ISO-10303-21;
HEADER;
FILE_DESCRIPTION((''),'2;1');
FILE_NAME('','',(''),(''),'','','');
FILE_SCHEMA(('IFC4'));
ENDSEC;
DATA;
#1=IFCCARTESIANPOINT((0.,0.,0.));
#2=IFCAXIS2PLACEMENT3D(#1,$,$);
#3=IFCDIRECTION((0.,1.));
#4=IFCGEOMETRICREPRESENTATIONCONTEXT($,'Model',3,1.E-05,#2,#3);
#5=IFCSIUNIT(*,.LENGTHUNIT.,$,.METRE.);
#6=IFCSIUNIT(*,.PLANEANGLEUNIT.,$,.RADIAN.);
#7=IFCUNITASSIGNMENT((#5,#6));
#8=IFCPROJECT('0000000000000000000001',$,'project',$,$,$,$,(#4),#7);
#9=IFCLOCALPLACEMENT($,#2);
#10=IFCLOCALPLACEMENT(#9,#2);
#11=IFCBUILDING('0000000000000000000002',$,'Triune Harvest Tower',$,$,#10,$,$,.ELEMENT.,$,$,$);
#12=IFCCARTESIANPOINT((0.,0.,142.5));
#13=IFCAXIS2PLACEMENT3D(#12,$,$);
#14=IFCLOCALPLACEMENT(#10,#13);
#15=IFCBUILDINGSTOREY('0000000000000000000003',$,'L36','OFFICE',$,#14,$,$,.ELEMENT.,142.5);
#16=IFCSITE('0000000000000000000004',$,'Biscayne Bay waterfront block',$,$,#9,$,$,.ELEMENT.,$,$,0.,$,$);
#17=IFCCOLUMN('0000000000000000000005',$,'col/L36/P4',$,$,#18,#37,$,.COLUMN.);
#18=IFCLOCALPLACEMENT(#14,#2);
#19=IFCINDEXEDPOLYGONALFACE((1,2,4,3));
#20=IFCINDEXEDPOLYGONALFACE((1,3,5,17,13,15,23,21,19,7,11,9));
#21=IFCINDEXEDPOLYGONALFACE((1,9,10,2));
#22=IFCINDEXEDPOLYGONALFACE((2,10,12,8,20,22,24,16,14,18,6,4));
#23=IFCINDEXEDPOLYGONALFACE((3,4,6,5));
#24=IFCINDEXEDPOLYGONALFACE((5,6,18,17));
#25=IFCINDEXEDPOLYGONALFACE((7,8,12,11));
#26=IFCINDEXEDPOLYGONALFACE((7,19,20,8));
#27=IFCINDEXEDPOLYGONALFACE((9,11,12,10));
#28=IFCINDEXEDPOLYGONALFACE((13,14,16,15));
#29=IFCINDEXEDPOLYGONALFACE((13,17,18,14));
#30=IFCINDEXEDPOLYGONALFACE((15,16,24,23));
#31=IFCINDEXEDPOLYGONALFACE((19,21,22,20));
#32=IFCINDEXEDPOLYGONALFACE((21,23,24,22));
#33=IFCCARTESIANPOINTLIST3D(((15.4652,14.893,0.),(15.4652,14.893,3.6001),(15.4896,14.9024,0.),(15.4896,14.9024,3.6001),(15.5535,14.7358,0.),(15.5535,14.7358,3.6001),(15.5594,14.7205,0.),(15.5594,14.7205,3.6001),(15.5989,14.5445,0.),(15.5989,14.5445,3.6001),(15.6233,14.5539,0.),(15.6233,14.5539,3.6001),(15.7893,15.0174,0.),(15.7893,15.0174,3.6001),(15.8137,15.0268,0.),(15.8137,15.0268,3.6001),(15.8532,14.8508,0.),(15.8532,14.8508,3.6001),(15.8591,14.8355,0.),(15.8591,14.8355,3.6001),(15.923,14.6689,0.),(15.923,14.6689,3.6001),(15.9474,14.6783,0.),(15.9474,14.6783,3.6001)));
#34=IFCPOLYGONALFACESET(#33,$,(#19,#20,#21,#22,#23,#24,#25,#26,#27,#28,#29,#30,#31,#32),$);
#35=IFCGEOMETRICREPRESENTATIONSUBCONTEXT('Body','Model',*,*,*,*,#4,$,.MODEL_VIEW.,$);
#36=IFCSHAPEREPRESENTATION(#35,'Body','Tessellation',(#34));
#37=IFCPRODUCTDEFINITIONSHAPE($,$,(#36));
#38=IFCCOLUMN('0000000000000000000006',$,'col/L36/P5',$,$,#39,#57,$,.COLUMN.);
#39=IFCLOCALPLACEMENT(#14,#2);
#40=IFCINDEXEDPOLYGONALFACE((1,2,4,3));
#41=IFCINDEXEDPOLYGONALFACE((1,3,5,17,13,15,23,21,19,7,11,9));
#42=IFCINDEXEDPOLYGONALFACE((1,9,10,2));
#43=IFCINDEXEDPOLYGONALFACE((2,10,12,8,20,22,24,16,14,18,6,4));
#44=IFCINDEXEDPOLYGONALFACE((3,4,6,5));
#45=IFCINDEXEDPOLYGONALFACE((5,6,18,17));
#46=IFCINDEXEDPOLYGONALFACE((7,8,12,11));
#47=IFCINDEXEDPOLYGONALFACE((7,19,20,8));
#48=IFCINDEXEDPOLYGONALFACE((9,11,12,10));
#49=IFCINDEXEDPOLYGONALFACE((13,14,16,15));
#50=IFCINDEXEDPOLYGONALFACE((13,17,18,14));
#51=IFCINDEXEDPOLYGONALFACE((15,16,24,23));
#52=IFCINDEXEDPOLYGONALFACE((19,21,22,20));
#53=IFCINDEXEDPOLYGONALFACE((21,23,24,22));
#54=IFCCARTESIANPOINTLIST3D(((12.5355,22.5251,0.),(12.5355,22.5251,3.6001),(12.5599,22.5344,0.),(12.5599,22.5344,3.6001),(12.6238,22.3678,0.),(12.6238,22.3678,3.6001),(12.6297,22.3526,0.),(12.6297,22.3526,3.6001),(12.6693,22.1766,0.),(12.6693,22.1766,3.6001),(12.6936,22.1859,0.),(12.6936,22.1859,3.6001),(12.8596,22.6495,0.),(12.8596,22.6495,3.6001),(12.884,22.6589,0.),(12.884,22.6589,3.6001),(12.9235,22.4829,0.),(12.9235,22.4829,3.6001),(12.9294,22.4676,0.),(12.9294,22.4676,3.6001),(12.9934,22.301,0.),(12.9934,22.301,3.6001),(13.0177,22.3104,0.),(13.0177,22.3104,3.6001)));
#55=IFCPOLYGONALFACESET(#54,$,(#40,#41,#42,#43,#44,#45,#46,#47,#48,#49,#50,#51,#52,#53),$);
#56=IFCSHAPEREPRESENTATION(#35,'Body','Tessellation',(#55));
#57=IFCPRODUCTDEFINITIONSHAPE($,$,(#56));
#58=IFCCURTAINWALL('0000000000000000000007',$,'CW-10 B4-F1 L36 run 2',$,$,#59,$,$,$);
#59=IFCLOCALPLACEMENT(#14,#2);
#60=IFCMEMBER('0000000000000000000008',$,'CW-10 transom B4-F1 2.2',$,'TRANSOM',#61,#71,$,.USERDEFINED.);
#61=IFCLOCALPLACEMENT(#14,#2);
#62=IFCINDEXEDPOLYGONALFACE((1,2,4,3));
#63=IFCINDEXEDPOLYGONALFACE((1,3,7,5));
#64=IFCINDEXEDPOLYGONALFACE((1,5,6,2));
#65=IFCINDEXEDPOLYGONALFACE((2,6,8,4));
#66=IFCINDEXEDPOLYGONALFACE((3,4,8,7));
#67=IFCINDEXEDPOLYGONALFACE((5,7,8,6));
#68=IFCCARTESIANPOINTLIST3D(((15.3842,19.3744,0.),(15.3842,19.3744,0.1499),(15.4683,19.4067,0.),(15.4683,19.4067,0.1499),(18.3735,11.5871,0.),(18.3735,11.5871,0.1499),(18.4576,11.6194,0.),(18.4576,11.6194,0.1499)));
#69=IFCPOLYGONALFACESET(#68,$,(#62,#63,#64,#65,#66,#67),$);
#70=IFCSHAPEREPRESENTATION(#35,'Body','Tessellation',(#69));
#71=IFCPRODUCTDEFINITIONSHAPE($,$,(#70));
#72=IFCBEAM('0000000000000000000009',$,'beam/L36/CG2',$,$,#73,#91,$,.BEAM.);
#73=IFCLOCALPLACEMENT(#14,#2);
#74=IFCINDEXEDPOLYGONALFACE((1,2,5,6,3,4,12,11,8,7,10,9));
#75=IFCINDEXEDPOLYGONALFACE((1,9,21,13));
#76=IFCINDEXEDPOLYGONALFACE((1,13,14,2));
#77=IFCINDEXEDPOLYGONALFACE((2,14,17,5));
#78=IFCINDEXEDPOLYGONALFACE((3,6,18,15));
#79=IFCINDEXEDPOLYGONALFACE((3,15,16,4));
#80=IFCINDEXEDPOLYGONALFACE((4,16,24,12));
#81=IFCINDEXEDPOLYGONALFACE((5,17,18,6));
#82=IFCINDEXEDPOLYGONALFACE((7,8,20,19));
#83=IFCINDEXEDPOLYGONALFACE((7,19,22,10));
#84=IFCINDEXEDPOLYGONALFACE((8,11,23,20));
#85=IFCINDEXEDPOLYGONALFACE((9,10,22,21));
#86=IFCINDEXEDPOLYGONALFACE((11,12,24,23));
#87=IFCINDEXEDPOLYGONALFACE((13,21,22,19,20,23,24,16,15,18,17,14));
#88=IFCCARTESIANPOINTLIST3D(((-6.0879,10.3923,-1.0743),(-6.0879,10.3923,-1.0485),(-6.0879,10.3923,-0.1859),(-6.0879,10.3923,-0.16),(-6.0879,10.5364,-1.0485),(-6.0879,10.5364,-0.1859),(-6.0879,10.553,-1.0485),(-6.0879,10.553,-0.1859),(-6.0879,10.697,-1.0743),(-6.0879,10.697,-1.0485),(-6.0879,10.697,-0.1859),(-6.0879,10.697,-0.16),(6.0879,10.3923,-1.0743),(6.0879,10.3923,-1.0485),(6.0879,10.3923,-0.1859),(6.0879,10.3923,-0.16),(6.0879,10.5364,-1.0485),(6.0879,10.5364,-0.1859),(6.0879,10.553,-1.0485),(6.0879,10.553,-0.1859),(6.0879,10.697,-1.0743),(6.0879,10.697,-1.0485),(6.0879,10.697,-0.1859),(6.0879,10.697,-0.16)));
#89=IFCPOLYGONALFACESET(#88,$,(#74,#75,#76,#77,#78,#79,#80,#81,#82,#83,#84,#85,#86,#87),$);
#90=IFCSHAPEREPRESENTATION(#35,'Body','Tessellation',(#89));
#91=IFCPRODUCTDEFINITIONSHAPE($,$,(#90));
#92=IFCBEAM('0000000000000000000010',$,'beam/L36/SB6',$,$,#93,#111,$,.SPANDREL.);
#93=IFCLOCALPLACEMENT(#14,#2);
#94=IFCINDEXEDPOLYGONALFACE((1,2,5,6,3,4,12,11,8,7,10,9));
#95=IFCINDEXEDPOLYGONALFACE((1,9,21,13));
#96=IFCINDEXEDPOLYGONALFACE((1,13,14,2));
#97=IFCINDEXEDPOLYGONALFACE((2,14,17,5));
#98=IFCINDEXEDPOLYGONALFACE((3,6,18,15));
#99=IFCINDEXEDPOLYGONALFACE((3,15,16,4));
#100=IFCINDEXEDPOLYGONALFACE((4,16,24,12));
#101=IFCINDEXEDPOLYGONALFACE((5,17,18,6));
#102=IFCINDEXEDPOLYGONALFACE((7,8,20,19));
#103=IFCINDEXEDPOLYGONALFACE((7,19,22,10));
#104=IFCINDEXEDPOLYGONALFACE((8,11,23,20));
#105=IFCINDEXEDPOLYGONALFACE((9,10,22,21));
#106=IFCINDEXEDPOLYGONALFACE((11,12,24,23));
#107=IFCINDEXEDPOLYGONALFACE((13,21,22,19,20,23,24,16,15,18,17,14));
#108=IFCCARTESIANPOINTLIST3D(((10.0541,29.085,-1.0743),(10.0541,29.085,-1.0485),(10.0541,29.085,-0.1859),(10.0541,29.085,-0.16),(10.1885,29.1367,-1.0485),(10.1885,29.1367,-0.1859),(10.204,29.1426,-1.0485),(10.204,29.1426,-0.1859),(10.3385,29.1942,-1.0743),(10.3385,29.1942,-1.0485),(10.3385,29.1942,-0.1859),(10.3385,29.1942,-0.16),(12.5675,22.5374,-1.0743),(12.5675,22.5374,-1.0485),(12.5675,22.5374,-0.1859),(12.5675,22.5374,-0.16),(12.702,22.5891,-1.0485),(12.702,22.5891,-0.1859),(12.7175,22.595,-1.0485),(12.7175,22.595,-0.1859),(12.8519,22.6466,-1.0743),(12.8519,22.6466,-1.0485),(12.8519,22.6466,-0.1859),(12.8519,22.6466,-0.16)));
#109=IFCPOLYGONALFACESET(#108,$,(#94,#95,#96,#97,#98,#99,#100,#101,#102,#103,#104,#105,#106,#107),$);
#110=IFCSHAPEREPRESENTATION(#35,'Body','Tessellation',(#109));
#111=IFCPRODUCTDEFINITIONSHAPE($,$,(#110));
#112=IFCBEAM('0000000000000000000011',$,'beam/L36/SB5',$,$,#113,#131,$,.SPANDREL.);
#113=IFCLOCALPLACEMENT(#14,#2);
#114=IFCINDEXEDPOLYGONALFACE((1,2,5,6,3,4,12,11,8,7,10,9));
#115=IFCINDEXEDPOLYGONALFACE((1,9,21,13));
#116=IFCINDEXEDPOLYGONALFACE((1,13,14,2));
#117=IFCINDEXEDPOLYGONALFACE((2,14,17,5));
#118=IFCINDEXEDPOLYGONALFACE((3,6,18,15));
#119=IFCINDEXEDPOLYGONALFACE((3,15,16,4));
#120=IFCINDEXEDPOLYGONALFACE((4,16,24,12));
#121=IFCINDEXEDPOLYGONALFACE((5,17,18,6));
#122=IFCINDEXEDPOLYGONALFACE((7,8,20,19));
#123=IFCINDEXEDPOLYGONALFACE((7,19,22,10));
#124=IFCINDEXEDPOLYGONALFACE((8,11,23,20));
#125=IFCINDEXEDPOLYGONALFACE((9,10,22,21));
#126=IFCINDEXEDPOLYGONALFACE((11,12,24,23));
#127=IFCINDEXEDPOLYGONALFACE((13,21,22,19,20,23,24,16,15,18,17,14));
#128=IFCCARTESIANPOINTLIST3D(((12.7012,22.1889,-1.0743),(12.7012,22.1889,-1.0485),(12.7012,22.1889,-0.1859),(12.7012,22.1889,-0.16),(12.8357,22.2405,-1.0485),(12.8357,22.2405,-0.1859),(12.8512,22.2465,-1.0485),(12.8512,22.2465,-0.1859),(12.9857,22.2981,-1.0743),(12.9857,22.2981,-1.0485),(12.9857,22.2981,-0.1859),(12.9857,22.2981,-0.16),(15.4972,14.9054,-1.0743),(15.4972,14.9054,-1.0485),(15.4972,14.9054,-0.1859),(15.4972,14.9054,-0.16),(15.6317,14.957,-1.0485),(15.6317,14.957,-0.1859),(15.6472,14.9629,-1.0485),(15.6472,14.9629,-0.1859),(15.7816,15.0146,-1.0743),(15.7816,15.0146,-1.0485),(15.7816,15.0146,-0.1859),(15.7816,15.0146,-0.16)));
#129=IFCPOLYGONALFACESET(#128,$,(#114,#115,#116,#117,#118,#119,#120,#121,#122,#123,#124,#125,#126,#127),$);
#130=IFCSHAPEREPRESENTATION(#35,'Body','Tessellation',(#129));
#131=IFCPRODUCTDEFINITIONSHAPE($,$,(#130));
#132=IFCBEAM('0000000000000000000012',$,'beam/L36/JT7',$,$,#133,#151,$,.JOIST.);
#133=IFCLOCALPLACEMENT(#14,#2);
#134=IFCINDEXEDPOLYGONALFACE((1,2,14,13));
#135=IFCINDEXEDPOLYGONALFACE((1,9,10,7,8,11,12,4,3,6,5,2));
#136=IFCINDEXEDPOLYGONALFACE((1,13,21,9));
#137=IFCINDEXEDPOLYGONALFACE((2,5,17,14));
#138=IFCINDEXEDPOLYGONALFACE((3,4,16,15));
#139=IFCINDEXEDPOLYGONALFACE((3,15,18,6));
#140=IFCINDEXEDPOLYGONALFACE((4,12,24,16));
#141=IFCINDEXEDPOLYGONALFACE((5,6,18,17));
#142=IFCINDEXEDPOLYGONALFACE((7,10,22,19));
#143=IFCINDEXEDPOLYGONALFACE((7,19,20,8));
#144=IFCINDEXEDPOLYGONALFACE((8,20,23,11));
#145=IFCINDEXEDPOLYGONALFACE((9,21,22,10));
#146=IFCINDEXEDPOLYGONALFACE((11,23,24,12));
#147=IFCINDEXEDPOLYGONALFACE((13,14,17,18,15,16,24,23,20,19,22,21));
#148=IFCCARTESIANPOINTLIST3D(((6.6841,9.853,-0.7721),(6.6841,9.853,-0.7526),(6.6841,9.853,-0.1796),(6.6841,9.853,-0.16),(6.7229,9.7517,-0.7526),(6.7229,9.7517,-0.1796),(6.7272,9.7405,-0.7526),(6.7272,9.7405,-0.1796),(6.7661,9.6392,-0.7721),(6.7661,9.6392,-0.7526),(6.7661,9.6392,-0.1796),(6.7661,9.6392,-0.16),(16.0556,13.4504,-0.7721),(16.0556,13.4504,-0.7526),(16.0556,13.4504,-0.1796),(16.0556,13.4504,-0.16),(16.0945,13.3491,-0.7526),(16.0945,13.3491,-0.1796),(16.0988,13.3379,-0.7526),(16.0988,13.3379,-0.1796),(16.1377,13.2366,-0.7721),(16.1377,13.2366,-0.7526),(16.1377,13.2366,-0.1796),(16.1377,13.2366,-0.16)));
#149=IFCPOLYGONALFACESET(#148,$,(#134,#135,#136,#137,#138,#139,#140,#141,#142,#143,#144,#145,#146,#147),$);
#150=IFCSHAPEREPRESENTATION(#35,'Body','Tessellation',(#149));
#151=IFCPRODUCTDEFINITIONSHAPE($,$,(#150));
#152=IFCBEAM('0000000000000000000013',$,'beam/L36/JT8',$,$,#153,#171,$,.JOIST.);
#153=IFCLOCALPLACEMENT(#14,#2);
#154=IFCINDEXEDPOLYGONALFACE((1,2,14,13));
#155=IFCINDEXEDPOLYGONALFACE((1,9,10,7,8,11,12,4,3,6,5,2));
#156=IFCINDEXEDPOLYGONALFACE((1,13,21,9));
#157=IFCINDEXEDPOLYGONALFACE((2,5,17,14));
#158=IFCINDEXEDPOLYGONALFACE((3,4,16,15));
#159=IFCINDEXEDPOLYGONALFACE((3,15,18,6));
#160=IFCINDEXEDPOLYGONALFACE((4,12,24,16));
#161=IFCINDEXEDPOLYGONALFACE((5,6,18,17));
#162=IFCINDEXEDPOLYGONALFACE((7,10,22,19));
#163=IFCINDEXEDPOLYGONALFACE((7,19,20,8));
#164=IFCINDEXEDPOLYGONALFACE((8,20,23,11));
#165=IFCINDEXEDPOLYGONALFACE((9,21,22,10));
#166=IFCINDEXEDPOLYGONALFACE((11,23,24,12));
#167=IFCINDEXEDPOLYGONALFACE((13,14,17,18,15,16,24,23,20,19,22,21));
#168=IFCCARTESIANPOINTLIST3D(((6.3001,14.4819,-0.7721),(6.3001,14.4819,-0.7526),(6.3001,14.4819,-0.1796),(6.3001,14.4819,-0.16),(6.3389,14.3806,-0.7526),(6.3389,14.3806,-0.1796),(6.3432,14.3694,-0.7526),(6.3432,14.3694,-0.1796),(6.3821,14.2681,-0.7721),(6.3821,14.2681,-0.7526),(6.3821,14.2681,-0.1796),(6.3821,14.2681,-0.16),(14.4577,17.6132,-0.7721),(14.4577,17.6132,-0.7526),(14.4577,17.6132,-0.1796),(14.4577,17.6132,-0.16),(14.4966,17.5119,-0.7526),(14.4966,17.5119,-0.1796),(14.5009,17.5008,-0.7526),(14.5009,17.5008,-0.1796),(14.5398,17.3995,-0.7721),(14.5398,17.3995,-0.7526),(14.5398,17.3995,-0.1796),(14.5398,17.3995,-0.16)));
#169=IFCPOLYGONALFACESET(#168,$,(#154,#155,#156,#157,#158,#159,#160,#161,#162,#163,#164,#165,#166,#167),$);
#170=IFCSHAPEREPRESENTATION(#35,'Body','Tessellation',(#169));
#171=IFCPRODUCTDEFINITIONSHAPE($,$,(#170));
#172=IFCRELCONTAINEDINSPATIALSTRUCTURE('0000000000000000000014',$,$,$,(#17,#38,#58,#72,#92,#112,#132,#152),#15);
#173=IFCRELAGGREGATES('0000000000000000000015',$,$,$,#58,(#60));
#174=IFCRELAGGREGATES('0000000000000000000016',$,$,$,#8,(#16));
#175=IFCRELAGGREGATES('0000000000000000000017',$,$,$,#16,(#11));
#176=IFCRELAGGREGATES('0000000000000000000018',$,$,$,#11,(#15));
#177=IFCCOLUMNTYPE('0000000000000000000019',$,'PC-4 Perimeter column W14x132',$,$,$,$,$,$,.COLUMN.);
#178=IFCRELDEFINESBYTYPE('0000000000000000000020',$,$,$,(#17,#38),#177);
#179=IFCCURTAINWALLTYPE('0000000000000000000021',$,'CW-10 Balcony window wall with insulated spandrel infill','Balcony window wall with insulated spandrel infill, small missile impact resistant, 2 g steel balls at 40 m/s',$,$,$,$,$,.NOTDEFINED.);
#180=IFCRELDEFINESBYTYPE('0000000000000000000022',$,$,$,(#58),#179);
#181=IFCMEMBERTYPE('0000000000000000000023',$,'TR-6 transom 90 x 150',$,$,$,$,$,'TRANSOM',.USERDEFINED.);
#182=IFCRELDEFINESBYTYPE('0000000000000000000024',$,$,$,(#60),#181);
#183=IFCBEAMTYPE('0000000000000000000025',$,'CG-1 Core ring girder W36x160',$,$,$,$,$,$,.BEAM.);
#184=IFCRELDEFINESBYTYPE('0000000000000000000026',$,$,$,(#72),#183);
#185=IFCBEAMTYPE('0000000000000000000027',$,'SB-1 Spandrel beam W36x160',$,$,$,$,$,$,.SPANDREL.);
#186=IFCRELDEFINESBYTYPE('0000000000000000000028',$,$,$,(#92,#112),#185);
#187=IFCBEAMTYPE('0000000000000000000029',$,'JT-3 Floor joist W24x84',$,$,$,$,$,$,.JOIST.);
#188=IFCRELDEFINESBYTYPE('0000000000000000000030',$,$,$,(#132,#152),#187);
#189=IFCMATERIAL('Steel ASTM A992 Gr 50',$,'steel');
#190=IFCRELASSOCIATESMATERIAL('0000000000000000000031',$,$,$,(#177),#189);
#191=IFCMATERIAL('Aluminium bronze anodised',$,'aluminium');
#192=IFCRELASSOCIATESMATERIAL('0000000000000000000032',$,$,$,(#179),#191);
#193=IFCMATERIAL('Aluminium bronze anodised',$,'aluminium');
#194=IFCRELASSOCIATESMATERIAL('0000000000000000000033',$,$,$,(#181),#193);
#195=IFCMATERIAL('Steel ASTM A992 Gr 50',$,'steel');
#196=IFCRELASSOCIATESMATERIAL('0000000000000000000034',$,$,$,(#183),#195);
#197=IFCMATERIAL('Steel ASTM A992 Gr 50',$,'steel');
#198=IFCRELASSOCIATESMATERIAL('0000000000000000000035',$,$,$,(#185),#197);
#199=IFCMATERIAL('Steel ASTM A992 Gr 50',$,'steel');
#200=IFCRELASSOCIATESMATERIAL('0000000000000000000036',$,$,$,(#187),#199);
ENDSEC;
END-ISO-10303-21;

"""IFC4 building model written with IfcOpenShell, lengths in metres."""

from ifc_helpers import new_model, si_unit, direction, frame, origin, origin_2d, place, context, subcontext, project, spatial, rectangle, i_section, extrude, source, transform, mapped, material, material_profile, profile_set, type_object, element, aggregate, save


model = new_model("IFC4")

# Units and contexts
model_context = context("Model", 3, precision=1e-05, world=origin(), true_north=direction((0.0, 1.0)))
body_context = subcontext(model_context, "Body", "Model", "MODEL_VIEW")
ifc_project = project(units=[si_unit("LENGTHUNIT", "METRE"), si_unit("PLANEANGLEUNIT", "RADIAN")], contexts=[model_context])

# Site, building, storey
site_placement = place(None, origin())
site = spatial("IfcSite", under=ifc_project, at=site_placement, Name="Biscayne Bay waterfront block", CompositionType="ELEMENT", RefElevation=0.0)
building_placement = place(site_placement, origin())
building = spatial("IfcBuilding", under=site, at=building_placement, Name="Triune Harvest Tower", CompositionType="ELEMENT")
storey_placement = place(building_placement, frame((0.0, 0.0, 142.5)))
storey = spatial("IfcBuildingStorey", under=building, at=storey_placement, Name="L36", Description="OFFICE", CompositionType="ELEMENT", Elevation=142.5)

# Columns
ifc_material_1 = material(Name="Steel ASTM A992 Gr 50", Category="steel")
ifc_material_profile_1 = material_profile(ifc_material_1, i_section(OverallWidth=0.3733, OverallDepth=0.3733, WebThickness=0.0164, FlangeThickness=0.0261, at=origin_2d()), Name="W14x132")
ifc_profile_set_1 = profile_set([ifc_material_profile_1], Name="Steel ASTM A992 Gr 50")
column_type = type_object("IfcColumnType", Name="PC-4 Perimeter column W14x132", PredefinedType="COLUMN", material=ifc_profile_set_1)
shared_shape_1 = source(origin(), body_context, "Body", "SweptSolid", [
    extrude(i_section(OverallWidth=0.3733, OverallDepth=0.3733, WebThickness=0.0164, FlangeThickness=0.0261, at=origin_2d()), origin(), (0.0, 0.0, 1.0), 3.6001),
])
for number, where, z_axis, x_axis, name in (
    (1, (15.7063, 14.7856, 0.0), (0.0, 0.0, 1.0), (-0.358368, 0.93358, 0.0), "col/L36/P4"),
    (2, (12.7766, 22.4177, 0.0), (0.0, 0.0, 1.0), (-0.358368, 0.93358, 0.0), "col/L36/P5"),
):
    element("IfcColumn", number, at=place(storey_placement, frame(where, z_axis=z_axis, x_axis=x_axis)), inside=storey, type_object=column_type, Name=name, PredefinedType="COLUMN", context=body_context, shape_type="MappedRepresentation", body=[
        mapped(shared_shape_1, transform((0.0, 0.0, 0.0), scale=1.0)),
    ])

# Curtain wall, member
ifc_material_2 = material(Name="Aluminium bronze anodised", Category="aluminium")
curtain_wall_type = type_object("IfcCurtainWallType", Name="CW-10 Balcony window wall with insulated spandrel infill", Description="Balcony window wall with insulated spandrel infill, small missile impact resistant, 2 g steel balls at 40 m/s", PredefinedType="NOTDEFINED", material=ifc_material_2)
curtain_wall_placement = place(storey_placement, origin())
curtain_wall = element("IfcCurtainWall", 3, at=curtain_wall_placement, inside=storey, type_object=curtain_wall_type, Name="CW-10 B4-F1 L36 run 2")
ifc_material_3 = material(Name="Aluminium bronze anodised", Category="aluminium")
ifc_material_profile_2 = material_profile(ifc_material_3, rectangle(XDim=0.0901, YDim=0.1499, at=origin_2d()), Name="TR-6 transom 90 x 150")
ifc_profile_set_2 = profile_set([ifc_material_profile_2], Name="Aluminium bronze anodised")
member_type_1 = type_object("IfcMemberType", Name="TR-6 transom 90 x 150", ElementType="TRANSOM", PredefinedType="USERDEFINED", material=ifc_profile_set_2)
member_1_placement = place(storey_placement, frame((18.4155, 11.6033, 0.075), z_axis=(-0.358365, 0.933582, 0.0), x_axis=(-0.933582, -0.358365, 0.0)))
member_1 = element("IfcMember", 4, at=member_1_placement, type_object=member_type_1, Name="CW-10 transom B4-F1 2.2", ObjectType="TRANSOM", PredefinedType="USERDEFINED", context=body_context, shape_type="SweptSolid", body=[
    extrude(rectangle(XDim=0.0901, YDim=0.1499, at=origin_2d()), origin(), (0.0, 0.0, 1.0), 8.3413),
])

# Beams
ifc_material_4 = material(Name="Steel ASTM A992 Gr 50", Category="steel")
ifc_material_profile_3 = material_profile(ifc_material_4, i_section(OverallWidth=0.3047, OverallDepth=0.9143, WebThickness=0.0166, FlangeThickness=0.0259, at=origin_2d()), Name="W36x160")
ifc_profile_set_3 = profile_set([ifc_material_profile_3], Name="Steel ASTM A992 Gr 50")
beam_type_1 = type_object("IfcBeamType", Name="CG-1 Core ring girder W36x160", PredefinedType="BEAM", material=ifc_profile_set_3)
shared_shape_2 = source(origin(), body_context, "Body", "SweptSolid", [
    extrude(i_section(OverallWidth=0.3047, OverallDepth=0.9143, WebThickness=0.0166, FlangeThickness=0.0259, at=origin_2d()), origin(), (0.0, 0.0, 1.0), 12.1758),
])
beam_1_placement = place(storey_placement, frame((6.0879, 10.5447, -0.6172), z_axis=(-1.0, 0.0, 0.0), x_axis=(0.0, -1.0, 0.0)))
element("IfcBeam", 5, at=beam_1_placement, inside=storey, type_object=beam_type_1, Name="beam/L36/CG2", PredefinedType="BEAM", context=body_context, shape_type="MappedRepresentation", body=[
    mapped(shared_shape_2, transform((0.0, 0.0, 0.0), scale=1.0)),
])
ifc_material_5 = material(Name="Steel ASTM A992 Gr 50", Category="steel")
ifc_material_profile_4 = material_profile(ifc_material_5, i_section(OverallWidth=0.3047, OverallDepth=0.9143, WebThickness=0.0166, FlangeThickness=0.0259, at=origin_2d()), Name="W36x160")
ifc_profile_set_4 = profile_set([ifc_material_profile_4], Name="Steel ASTM A992 Gr 50")
beam_type_2 = type_object("IfcBeamType", Name="SB-1 Spandrel beam W36x160", PredefinedType="SPANDREL", material=ifc_profile_set_4)
shared_shape_3 = source(origin(), body_context, "Body", "SweptSolid", [
    extrude(i_section(OverallWidth=0.3047, OverallDepth=0.9143, WebThickness=0.0166, FlangeThickness=0.0259, at=origin_2d()), origin(), (0.0, 0.0, 1.0), 7.0134),
])
beam_2_placement = place(storey_placement, frame((12.7097, 22.592, -0.6172), z_axis=(-0.358373, 0.933579, 0.0), x_axis=(-0.933579, -0.358373, 0.0)))
element("IfcBeam", 6, at=beam_2_placement, inside=storey, type_object=beam_type_2, Name="beam/L36/SB6", PredefinedType="SPANDREL", context=body_context, shape_type="MappedRepresentation", body=[
    mapped(shared_shape_3, transform((0.0, 0.0, 0.0), scale=1.0)),
])
shared_shape_4 = source(origin(), body_context, "Body", "SweptSolid", [
    extrude(i_section(OverallWidth=0.3047, OverallDepth=0.9143, WebThickness=0.0166, FlangeThickness=0.0259, at=origin_2d()), origin(), (0.0, 0.0, 1.0), 7.8018),
])
beam_3_placement = place(storey_placement, frame((15.6394, 14.96, -0.6172), z_axis=(-0.358373, 0.933578, 0.0), x_axis=(-0.933578, -0.358373, 0.0)))
element("IfcBeam", 7, at=beam_3_placement, inside=storey, type_object=beam_type_2, Name="beam/L36/SB5", PredefinedType="SPANDREL", context=body_context, shape_type="MappedRepresentation", body=[
    mapped(shared_shape_4, transform((0.0, 0.0, 0.0), scale=1.0)),
])
ifc_material_6 = material(Name="Steel ASTM A992 Gr 50", Category="steel")
ifc_material_profile_5 = material_profile(ifc_material_6, i_section(OverallWidth=0.229, OverallDepth=0.6121, WebThickness=0.012, FlangeThickness=0.0195, at=origin_2d()), Name="W24x84")
ifc_profile_set_5 = profile_set([ifc_material_profile_5], Name="Steel ASTM A992 Gr 50")
beam_type_3 = type_object("IfcBeamType", Name="JT-3 Floor joist W24x84", PredefinedType="JOIST", material=ifc_profile_set_5)
shared_shape_5 = source(origin(), body_context, "Body", "SweptSolid", [
    extrude(i_section(OverallWidth=0.229, OverallDepth=0.6121, WebThickness=0.012, FlangeThickness=0.0195, at=origin_2d()), origin(), (0.0, 0.0, 1.0), 10.0383),
])
beam_4_placement = place(storey_placement, frame((16.0967, 13.3435, -0.4661), z_axis=(-0.93358, -0.358368, 0.0), x_axis=(0.358368, -0.93358, 0.0)))
element("IfcBeam", 8, at=beam_4_placement, inside=storey, type_object=beam_type_3, Name="beam/L36/JT7", PredefinedType="JOIST", context=body_context, shape_type="MappedRepresentation", body=[
    mapped(shared_shape_5, transform((0.0, 0.0, 0.0), scale=1.0)),
])
shared_shape_6 = source(origin(), body_context, "Body", "SweptSolid", [
    extrude(i_section(OverallWidth=0.229, OverallDepth=0.6121, WebThickness=0.012, FlangeThickness=0.0195, at=origin_2d()), origin(), (0.0, 0.0, 1.0), 8.738),
])
beam_5_placement = place(storey_placement, frame((14.4988, 17.5063, -0.4661), z_axis=(-0.933584, -0.358357, 0.0), x_axis=(0.358357, -0.933584, 0.0)))
element("IfcBeam", 9, at=beam_5_placement, inside=storey, type_object=beam_type_3, Name="beam/L36/JT8", PredefinedType="JOIST", context=body_context, shape_type="MappedRepresentation", body=[
    mapped(shared_shape_6, transform((0.0, 0.0, 0.0), scale=1.0)),
])

aggregate(curtain_wall, [member_1])

save(model, "model.ifc")
